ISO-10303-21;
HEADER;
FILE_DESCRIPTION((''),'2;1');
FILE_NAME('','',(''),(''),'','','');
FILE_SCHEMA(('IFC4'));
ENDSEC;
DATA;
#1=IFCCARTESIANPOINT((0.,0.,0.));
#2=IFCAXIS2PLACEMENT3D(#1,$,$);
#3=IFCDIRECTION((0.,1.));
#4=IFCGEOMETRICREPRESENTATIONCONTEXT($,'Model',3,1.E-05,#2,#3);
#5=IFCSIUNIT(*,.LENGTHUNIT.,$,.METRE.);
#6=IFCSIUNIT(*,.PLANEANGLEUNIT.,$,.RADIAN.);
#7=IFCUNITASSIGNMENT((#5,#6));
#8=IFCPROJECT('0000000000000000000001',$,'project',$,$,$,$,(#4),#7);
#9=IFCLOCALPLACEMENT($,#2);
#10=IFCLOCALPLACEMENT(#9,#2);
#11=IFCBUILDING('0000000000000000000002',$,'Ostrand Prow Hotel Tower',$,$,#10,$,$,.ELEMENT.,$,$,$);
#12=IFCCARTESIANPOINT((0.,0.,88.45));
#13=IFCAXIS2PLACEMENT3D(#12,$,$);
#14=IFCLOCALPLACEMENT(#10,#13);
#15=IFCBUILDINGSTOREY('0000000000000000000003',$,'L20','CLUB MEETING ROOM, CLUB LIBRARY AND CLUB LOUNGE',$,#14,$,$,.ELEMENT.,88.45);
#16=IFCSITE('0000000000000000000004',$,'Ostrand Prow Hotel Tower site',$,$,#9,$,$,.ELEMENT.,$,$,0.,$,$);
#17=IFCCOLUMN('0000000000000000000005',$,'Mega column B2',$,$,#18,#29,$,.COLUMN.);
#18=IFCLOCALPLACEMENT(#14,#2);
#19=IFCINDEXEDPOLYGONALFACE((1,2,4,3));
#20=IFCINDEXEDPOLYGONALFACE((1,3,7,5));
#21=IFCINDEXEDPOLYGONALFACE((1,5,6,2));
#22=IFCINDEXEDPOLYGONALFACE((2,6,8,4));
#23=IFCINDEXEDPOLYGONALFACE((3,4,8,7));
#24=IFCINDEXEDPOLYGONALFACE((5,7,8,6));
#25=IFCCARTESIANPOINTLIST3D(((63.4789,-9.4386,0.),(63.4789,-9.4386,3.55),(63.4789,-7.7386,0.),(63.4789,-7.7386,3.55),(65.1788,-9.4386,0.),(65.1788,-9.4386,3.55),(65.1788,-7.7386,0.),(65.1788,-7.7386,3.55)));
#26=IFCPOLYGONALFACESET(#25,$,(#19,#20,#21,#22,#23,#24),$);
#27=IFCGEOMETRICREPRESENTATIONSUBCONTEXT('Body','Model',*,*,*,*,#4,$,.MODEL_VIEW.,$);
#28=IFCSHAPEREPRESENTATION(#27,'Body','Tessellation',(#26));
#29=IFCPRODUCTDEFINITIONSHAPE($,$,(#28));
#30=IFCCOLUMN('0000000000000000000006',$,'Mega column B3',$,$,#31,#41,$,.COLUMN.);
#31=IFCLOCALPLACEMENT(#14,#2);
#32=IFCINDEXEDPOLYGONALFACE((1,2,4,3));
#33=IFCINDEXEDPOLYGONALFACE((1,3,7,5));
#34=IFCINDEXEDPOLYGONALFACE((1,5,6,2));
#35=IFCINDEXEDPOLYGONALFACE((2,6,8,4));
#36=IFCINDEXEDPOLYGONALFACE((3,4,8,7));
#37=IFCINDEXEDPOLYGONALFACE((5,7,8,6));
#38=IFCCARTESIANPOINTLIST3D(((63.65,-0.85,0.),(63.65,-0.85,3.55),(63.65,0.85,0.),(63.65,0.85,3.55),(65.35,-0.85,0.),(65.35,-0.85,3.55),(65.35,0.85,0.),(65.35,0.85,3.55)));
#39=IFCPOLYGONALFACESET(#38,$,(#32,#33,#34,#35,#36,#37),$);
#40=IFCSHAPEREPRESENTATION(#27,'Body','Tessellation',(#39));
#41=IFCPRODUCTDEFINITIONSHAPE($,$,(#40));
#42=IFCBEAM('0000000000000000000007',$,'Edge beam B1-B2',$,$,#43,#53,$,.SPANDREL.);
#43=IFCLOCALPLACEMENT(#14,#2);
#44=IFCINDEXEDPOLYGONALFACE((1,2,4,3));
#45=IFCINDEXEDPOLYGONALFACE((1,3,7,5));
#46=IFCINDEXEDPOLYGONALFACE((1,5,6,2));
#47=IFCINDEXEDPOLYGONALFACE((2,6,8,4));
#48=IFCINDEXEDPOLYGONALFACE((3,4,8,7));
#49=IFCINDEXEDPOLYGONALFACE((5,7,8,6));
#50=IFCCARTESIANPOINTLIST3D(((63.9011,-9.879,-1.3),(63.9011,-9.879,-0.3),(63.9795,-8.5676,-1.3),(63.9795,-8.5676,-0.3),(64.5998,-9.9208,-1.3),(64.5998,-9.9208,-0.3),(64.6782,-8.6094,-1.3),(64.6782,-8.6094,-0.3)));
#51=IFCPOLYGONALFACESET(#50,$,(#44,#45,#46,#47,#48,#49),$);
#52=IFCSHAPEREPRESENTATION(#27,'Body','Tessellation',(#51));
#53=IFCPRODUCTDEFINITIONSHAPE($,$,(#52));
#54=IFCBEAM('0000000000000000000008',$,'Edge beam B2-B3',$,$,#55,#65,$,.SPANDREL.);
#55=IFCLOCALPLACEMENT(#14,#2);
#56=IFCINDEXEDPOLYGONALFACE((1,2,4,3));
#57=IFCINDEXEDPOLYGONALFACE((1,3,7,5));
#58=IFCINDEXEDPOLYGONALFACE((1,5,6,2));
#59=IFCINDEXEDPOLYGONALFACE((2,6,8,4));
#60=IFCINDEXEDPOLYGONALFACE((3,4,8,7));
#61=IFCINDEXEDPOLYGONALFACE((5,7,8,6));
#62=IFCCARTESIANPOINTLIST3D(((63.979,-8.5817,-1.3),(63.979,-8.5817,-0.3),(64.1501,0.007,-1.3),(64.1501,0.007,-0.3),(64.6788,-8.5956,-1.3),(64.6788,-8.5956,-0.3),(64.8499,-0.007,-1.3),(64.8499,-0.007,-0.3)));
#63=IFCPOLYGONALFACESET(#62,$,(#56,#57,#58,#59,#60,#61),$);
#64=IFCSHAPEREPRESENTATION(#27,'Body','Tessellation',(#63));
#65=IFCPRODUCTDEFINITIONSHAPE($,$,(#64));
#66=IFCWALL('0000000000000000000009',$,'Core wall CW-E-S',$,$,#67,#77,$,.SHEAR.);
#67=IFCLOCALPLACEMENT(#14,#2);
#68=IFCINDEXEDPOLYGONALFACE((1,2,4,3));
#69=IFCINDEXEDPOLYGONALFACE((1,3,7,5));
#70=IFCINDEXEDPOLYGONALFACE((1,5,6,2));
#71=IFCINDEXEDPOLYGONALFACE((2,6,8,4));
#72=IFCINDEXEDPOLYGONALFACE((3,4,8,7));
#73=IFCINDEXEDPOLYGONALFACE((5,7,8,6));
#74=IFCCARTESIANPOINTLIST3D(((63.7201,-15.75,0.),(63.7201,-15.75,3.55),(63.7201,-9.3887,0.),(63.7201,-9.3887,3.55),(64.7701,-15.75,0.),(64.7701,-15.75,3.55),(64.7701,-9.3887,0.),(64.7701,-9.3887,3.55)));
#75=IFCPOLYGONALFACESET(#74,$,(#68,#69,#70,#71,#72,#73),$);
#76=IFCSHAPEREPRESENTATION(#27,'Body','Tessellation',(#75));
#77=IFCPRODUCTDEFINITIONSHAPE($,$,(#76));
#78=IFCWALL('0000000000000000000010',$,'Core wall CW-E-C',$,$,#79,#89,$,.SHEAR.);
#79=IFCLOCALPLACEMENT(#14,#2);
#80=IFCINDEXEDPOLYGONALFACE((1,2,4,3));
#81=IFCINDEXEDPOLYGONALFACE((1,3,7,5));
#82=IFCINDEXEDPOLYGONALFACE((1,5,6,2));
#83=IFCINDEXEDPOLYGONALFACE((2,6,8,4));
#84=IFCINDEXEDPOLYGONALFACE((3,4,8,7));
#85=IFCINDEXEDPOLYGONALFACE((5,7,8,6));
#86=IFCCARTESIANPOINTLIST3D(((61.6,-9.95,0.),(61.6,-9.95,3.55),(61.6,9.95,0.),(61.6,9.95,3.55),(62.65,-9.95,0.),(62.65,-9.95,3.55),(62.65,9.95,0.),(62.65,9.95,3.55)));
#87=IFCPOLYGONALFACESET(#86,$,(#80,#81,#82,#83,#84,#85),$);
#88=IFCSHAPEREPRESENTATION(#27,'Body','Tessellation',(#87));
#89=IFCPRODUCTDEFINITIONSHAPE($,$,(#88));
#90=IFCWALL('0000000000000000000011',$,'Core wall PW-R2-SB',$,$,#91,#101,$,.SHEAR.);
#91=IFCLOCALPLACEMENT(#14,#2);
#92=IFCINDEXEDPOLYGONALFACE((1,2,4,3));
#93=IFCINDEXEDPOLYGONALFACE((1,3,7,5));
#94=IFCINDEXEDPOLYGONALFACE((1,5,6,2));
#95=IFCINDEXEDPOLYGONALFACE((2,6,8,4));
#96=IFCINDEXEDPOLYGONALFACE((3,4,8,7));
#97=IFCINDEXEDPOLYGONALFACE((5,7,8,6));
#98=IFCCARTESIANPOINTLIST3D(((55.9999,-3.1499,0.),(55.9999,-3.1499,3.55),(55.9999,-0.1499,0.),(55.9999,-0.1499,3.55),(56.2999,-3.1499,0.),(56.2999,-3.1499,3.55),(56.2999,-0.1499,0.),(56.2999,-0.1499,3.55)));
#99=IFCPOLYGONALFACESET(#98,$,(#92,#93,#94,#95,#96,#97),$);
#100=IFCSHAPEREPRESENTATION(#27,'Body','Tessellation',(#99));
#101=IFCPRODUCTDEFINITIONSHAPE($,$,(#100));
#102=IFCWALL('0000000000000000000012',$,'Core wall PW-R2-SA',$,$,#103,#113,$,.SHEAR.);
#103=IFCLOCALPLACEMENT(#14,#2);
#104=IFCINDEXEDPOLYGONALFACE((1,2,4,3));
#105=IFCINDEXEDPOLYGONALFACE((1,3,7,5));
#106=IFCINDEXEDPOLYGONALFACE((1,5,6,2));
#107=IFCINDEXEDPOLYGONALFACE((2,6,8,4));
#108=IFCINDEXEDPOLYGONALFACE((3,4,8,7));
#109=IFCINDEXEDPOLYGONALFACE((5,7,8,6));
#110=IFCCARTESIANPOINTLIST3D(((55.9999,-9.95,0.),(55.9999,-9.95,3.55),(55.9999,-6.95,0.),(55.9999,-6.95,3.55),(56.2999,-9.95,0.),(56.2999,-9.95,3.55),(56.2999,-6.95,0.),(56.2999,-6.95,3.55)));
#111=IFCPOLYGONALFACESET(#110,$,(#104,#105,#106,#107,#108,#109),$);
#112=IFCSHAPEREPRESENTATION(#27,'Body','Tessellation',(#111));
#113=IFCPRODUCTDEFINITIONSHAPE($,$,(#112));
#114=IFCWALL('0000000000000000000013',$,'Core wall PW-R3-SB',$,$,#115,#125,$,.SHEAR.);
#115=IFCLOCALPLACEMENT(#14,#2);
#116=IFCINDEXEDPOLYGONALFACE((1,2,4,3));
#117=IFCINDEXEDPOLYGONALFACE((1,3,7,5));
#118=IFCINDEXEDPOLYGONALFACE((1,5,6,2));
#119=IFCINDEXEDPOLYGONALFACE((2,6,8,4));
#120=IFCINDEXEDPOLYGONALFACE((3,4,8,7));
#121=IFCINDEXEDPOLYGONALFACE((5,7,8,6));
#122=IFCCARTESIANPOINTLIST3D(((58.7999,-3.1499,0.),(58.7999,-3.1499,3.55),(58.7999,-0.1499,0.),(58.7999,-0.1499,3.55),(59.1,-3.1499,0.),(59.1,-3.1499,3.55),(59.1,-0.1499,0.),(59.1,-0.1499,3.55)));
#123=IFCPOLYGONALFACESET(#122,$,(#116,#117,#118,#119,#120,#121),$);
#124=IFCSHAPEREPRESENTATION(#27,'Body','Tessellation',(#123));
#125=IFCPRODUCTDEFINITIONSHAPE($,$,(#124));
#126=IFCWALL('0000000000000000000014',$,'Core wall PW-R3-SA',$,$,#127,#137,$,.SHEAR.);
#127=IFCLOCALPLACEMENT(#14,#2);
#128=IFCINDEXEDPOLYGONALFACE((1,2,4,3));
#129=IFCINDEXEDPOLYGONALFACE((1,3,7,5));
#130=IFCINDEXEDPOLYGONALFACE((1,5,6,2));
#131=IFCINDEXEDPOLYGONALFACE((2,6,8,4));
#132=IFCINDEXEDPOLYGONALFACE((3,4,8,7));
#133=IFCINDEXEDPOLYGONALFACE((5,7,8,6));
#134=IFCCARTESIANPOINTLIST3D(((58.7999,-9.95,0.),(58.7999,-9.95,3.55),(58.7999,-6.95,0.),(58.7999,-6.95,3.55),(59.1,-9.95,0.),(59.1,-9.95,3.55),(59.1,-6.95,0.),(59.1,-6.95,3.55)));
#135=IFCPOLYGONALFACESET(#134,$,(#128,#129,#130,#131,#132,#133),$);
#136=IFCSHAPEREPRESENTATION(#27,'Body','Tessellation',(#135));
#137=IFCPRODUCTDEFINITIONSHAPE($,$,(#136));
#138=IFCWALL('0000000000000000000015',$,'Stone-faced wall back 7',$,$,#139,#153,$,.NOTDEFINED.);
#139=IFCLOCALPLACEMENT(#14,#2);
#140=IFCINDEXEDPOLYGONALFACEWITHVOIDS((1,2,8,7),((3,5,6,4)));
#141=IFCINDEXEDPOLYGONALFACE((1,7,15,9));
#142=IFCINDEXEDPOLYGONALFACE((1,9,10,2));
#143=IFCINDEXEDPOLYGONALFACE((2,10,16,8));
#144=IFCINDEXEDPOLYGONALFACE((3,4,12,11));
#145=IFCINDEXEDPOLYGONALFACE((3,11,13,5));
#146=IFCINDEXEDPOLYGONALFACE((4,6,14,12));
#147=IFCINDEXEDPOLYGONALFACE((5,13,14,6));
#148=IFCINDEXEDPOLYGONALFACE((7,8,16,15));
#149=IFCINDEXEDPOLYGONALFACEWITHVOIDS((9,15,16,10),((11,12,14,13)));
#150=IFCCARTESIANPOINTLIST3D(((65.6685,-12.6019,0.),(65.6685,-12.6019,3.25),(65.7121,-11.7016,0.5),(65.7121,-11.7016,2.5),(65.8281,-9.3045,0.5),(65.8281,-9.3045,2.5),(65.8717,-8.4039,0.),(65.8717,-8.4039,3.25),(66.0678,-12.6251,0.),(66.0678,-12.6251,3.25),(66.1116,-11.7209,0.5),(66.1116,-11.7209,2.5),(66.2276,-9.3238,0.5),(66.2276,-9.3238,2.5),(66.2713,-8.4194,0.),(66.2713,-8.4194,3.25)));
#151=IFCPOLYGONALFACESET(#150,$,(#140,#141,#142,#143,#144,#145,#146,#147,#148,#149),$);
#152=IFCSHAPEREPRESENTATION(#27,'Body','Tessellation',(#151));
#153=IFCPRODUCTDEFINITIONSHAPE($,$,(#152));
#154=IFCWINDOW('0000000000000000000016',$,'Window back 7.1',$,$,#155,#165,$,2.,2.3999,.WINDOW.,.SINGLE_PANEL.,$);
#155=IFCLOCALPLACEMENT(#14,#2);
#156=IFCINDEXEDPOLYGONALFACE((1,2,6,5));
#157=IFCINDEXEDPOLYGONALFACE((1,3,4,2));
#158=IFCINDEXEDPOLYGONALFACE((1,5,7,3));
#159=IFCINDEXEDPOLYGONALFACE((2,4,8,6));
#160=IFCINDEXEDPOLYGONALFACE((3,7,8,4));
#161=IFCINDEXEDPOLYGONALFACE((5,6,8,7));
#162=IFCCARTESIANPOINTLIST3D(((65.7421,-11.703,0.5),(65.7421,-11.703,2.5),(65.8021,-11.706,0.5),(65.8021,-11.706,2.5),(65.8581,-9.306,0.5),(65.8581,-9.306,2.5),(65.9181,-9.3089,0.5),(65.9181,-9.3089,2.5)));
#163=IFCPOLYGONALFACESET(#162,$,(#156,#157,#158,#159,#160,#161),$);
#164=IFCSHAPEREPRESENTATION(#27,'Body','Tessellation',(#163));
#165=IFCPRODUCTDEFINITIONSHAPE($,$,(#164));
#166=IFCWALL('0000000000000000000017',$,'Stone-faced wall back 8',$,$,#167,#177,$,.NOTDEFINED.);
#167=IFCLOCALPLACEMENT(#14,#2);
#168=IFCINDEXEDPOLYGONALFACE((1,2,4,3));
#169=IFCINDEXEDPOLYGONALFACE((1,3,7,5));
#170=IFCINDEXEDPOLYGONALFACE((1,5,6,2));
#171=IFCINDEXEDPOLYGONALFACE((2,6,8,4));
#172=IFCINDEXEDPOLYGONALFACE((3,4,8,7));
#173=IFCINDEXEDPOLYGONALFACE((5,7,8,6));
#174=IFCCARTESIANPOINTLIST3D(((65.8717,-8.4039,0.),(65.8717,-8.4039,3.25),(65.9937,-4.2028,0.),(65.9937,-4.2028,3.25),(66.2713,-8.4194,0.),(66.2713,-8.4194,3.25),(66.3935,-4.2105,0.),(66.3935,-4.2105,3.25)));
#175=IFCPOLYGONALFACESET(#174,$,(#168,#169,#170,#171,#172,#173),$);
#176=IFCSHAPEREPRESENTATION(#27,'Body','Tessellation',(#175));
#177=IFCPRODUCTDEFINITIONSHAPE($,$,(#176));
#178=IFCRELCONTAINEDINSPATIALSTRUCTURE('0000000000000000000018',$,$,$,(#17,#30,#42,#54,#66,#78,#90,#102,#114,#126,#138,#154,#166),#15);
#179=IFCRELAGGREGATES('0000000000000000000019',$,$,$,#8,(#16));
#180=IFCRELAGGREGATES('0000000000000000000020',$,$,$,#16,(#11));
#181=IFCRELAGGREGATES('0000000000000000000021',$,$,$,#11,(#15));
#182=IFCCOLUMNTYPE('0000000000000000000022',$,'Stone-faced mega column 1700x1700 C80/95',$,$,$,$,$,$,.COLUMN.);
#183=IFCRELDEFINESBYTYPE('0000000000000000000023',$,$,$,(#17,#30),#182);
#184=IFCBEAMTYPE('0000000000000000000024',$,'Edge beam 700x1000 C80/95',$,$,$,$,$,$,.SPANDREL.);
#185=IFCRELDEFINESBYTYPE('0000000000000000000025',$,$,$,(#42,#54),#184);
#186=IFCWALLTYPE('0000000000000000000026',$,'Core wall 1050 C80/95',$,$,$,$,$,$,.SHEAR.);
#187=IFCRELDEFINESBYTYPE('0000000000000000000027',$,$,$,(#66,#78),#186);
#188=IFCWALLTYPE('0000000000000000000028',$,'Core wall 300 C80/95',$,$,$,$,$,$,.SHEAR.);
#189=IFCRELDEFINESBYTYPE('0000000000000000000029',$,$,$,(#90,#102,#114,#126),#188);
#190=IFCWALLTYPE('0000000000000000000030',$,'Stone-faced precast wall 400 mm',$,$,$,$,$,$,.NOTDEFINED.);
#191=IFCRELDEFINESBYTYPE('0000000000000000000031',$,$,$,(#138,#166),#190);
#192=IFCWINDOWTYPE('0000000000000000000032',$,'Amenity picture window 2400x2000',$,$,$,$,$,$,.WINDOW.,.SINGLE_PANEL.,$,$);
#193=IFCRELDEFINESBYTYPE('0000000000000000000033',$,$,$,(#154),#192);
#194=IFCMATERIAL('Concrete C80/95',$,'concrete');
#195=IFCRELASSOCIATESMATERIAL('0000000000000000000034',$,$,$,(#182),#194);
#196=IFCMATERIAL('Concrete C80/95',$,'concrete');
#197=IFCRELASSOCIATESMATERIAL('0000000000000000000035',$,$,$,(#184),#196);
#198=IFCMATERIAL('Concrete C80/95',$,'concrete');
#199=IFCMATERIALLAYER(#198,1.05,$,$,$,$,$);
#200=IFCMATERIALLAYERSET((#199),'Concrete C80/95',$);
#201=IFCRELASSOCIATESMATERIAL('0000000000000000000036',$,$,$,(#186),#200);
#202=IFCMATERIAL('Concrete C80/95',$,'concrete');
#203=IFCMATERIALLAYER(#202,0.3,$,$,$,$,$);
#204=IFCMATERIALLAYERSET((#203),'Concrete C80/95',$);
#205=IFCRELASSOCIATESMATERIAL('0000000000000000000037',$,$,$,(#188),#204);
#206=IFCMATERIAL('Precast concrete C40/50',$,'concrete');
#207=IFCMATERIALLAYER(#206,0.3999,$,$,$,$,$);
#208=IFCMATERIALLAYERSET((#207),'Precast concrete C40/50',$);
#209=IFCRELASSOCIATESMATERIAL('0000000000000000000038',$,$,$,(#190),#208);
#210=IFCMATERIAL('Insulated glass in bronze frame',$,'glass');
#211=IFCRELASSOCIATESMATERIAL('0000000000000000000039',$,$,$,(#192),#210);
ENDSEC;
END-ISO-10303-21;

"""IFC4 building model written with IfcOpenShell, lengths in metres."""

from ifc_helpers import new_model, si_unit, direction, frame, frame_2d, origin, origin_2d, place, context, subcontext, project, spatial, polyline, rectangle, outline, extrude, material, layer, layer_set, material_profile, profile_set, type_object, element, fill, save


model = new_model("IFC4")

# Units and contexts
model_context = context("Model", 3, precision=1e-05, world=origin(), true_north=direction((0.0, 1.0)))
body_context = subcontext(model_context, "Body", "Model", "MODEL_VIEW")
ifc_project = project(units=[si_unit("LENGTHUNIT", "METRE"), si_unit("PLANEANGLEUNIT", "RADIAN")], contexts=[model_context])

# Site, building, storey
site_placement = place(None, origin())
site = spatial("IfcSite", under=ifc_project, at=site_placement, Name="Ostrand Prow Hotel Tower site", CompositionType="ELEMENT", RefElevation=0.0)
building_placement = place(site_placement, origin())
building = spatial("IfcBuilding", under=site, at=building_placement, Name="Ostrand Prow Hotel Tower", CompositionType="ELEMENT")
storey_placement = place(building_placement, frame((0.0, 0.0, 88.45)))
storey = spatial("IfcBuildingStorey", under=building, at=storey_placement, Name="L20", Description="CLUB MEETING ROOM, CLUB LIBRARY AND CLUB LOUNGE", CompositionType="ELEMENT", Elevation=88.45)

# Columns
ifc_material_1 = material(Name="Concrete C80/95", Category="concrete")
ifc_material_profile_1 = material_profile(ifc_material_1, rectangle(XDim=1.7, YDim=1.7, at=origin_2d()), Name="RC 1700x1700")
ifc_profile_set_1 = profile_set([ifc_material_profile_1], Name="Concrete C80/95")
column_type = type_object("IfcColumnType", Name="Stone-faced mega column 1700x1700 C80/95", PredefinedType="COLUMN", material=ifc_profile_set_1)
for number, where, z_axis, x_axis, name in (
    (1, (64.3289, -8.5886, 0.0), (0.0, 0.0, 1.0), (1.0, 0.0, 0.0), "Mega column B2"),
    (2, (64.5, 0.0, 0.0), (0.0, 0.0, 1.0), (1.0, 0.0, 0.0), "Mega column B3"),
):
    element("IfcColumn", number, at=place(storey_placement, frame(where, z_axis=z_axis, x_axis=x_axis)), inside=storey, type_object=column_type, Name=name, PredefinedType="COLUMN", context=body_context, shape_type="SweptSolid", body=[
        extrude(rectangle(XDim=1.7, YDim=1.7, at=origin_2d()), origin(), (0.0, 0.0, 1.0), 3.55),
    ])

# Beams
ifc_material_2 = material(Name="Concrete C80/95", Category="concrete")
ifc_material_profile_2 = material_profile(ifc_material_2, rectangle(XDim=0.7, YDim=1.0, at=origin_2d()), Name="RC 700x1000")
ifc_profile_set_2 = profile_set([ifc_material_profile_2], Name="Concrete C80/95")
beam_type = type_object("IfcBeamType", Name="Edge beam 700x1000 C80/95", PredefinedType="SPANDREL", material=ifc_profile_set_2)
beam_1_placement = place(storey_placement, frame((64.2505, -9.8999, -0.8), z_axis=(0.059659, 0.998219, 0.0), x_axis=(-0.998219, 0.059659, 0.0)))
element("IfcBeam", 3, at=beam_1_placement, inside=storey, type_object=beam_type, Name="Edge beam B1-B2", PredefinedType="SPANDREL", context=body_context, shape_type="SweptSolid", body=[
    extrude(rectangle(XDim=0.7, YDim=1.0, at=origin_2d()), origin(), (0.0, 0.0, 1.0), 1.3137),
])
beam_2_placement = place(storey_placement, frame((64.3289, -8.5886, -0.8), z_axis=(0.019923, 0.999802, 0.0), x_axis=(-0.999802, 0.019923, 0.0)))
element("IfcBeam", 4, at=beam_2_placement, inside=storey, type_object=beam_type, Name="Edge beam B2-B3", PredefinedType="SPANDREL", context=body_context, shape_type="SweptSolid", body=[
    extrude(rectangle(XDim=0.7, YDim=1.0, at=origin_2d()), origin(), (0.0, 0.0, 1.0), 8.5903),
])

# Walls
ifc_material_3 = material(Name="Concrete C80/95", Category="concrete")
ifc_layer_1 = layer(ifc_material_3, 1.05)
ifc_layer_set_1 = layer_set([ifc_layer_1], Name="Concrete C80/95")
wall_type_1 = type_object("IfcWallType", Name="Core wall 1050 C80/95", PredefinedType="SHEAR", material=ifc_layer_set_1)
wall_1_placement = place(storey_placement, frame((64.2451, -15.75, 0.0), z_axis=(0.0, 0.0, 1.0), x_axis=(0.0, 1.0, 0.0)))
element("IfcWall", 5, at=wall_1_placement, inside=storey, type_object=wall_type_1, Name="Core wall CW-E-S", PredefinedType="SHEAR", context=body_context, shape_type="SweptSolid", body=[
    extrude(rectangle(XDim=6.3613, YDim=1.05, at=frame_2d((3.1807, 0.0))), origin(), (0.0, 0.0, 1.0), 3.55),
])
wall_2_placement = place(storey_placement, frame((62.125, -9.95, 0.0), z_axis=(0.0, 0.0, 1.0), x_axis=(0.0, 1.0, 0.0)))
element("IfcWall", 6, at=wall_2_placement, inside=storey, type_object=wall_type_1, Name="Core wall CW-E-C", PredefinedType="SHEAR", context=body_context, shape_type="SweptSolid", body=[
    extrude(rectangle(XDim=19.8999, YDim=1.05, at=frame_2d((9.95, 0.0))), origin(), (0.0, 0.0, 1.0), 3.55),
])
ifc_material_4 = material(Name="Concrete C80/95", Category="concrete")
ifc_layer_2 = layer(ifc_material_4, 0.3)
ifc_layer_set_2 = layer_set([ifc_layer_2], Name="Concrete C80/95")
wall_type_2 = type_object("IfcWallType", Name="Core wall 300 C80/95", PredefinedType="SHEAR", material=ifc_layer_set_2)
for number, where, z_axis, x_axis, name in (
    (7, (56.1499, -3.1499, 0.0), (0.0, 0.0, 1.0), (0.0, 1.0, 0.0), "Core wall PW-R2-SB"),
    (8, (56.1499, -9.95, 0.0), (0.0, 0.0, 1.0), (0.0, 1.0, 0.0), "Core wall PW-R2-SA"),
    (9, (58.95, -3.1499, 0.0), (0.0, 0.0, 1.0), (0.0, 1.0, 0.0), "Core wall PW-R3-SB"),
    (10, (58.95, -9.95, 0.0), (0.0, 0.0, 1.0), (0.0, 1.0, 0.0), "Core wall PW-R3-SA"),
):
    element("IfcWall", number, at=place(storey_placement, frame(where, z_axis=z_axis, x_axis=x_axis)), inside=storey, type_object=wall_type_2, Name=name, PredefinedType="SHEAR", context=body_context, shape_type="SweptSolid", body=[
        extrude(rectangle(XDim=3.0, YDim=0.3, at=frame_2d((1.5, 0.0))), origin(), (0.0, 0.0, 1.0), 3.55),
    ])

# Wall, opening, window
ifc_material_5 = material(Name="Precast concrete C40/50", Category="concrete")
ifc_layer_3 = layer(ifc_material_5, 0.3999)
ifc_layer_set_3 = layer_set([ifc_layer_3], Name="Precast concrete C40/50")
wall_type_3 = type_object("IfcWallType", Name="Stone-faced precast wall 400 mm", PredefinedType="NOTDEFINED", material=ifc_layer_set_3)
wall_3_placement = place(storey_placement, frame((65.8682, -12.6135, 0.0), z_axis=(0.0, 0.0, 1.0), x_axis=(0.048343, 0.998831, 0.0)))
wall_3 = element("IfcWall", 11, at=wall_3_placement, inside=storey, type_object=wall_type_3, Name="Stone-faced wall back 7", PredefinedType="NOTDEFINED", context=body_context, shape_type="SweptSolid", body=[
    extrude(outline(polyline([(-0.002, -0.2), (4.2087, -0.2), (4.2048, 0.2), (0.002, 0.2), (-0.002, -0.2)])), origin(), (0.0, 0.0, 1.0), 3.25),
])
opening_1_placement = place(wall_3_placement, frame((0.9033, 0.0, 0.5)))
opening_1 = element("IfcOpeningElement", 12, at=opening_1_placement, cuts=wall_3, PredefinedType="OPENING", context=body_context, shape_type="SweptSolid", body=[
    extrude(rectangle(XDim=2.3999, YDim=2.0, at=frame_2d((1.2, 1.0))), frame((0.0, 0.21, 0.0), z_axis=(0.0, -1.0, 0.0), x_axis=(1.0, 0.0, 0.0)), (0.0, 0.0, 1.0), 0.4199),
])
ifc_material_6 = material(Name="Insulated glass in bronze frame", Category="glass")
window_type = type_object("IfcWindowType", Name="Amenity picture window 2400x2000", PartitioningType="SINGLE_PANEL", PredefinedType="WINDOW", material=ifc_material_6)
window_1_placement = place(opening_1_placement, origin())
window_1 = element("IfcWindow", 13, at=window_1_placement, inside=storey, type_object=window_type, Name="Window back 7.1", OverallHeight=2.0, OverallWidth=2.3999, PartitioningType="SINGLE_PANEL", PredefinedType="WINDOW", context=body_context, shape_type="SweptSolid", body=[
    extrude(rectangle(XDim=2.3999, YDim=2.0, at=frame_2d((1.2, 1.0))), frame((0.0, 0.1699, 0.0), z_axis=(0.0, -1.0, 0.0), x_axis=(1.0, 0.0, 0.0)), (0.0, 0.0, 1.0), 0.0601),
])
fill(opening_1, window_1)

# Wall
wall_4_placement = place(storey_placement, frame((66.0715, -8.4116, 0.0), z_axis=(0.0, 0.0, 1.0), x_axis=(0.029017, 0.999579, 0.0)))
element("IfcWall", 14, at=wall_4_placement, inside=storey, type_object=wall_type_3, Name="Stone-faced wall back 8", PredefinedType="NOTDEFINED", context=body_context, shape_type="SweptSolid", body=[
    extrude(outline(polyline([(-0.002, -0.2), (4.2087, -0.2), (4.2048, 0.2), (0.002, 0.2), (-0.002, -0.2)])), origin(), (0.0, 0.0, 1.0), 3.25),
])

save(model, "model.ifc")
